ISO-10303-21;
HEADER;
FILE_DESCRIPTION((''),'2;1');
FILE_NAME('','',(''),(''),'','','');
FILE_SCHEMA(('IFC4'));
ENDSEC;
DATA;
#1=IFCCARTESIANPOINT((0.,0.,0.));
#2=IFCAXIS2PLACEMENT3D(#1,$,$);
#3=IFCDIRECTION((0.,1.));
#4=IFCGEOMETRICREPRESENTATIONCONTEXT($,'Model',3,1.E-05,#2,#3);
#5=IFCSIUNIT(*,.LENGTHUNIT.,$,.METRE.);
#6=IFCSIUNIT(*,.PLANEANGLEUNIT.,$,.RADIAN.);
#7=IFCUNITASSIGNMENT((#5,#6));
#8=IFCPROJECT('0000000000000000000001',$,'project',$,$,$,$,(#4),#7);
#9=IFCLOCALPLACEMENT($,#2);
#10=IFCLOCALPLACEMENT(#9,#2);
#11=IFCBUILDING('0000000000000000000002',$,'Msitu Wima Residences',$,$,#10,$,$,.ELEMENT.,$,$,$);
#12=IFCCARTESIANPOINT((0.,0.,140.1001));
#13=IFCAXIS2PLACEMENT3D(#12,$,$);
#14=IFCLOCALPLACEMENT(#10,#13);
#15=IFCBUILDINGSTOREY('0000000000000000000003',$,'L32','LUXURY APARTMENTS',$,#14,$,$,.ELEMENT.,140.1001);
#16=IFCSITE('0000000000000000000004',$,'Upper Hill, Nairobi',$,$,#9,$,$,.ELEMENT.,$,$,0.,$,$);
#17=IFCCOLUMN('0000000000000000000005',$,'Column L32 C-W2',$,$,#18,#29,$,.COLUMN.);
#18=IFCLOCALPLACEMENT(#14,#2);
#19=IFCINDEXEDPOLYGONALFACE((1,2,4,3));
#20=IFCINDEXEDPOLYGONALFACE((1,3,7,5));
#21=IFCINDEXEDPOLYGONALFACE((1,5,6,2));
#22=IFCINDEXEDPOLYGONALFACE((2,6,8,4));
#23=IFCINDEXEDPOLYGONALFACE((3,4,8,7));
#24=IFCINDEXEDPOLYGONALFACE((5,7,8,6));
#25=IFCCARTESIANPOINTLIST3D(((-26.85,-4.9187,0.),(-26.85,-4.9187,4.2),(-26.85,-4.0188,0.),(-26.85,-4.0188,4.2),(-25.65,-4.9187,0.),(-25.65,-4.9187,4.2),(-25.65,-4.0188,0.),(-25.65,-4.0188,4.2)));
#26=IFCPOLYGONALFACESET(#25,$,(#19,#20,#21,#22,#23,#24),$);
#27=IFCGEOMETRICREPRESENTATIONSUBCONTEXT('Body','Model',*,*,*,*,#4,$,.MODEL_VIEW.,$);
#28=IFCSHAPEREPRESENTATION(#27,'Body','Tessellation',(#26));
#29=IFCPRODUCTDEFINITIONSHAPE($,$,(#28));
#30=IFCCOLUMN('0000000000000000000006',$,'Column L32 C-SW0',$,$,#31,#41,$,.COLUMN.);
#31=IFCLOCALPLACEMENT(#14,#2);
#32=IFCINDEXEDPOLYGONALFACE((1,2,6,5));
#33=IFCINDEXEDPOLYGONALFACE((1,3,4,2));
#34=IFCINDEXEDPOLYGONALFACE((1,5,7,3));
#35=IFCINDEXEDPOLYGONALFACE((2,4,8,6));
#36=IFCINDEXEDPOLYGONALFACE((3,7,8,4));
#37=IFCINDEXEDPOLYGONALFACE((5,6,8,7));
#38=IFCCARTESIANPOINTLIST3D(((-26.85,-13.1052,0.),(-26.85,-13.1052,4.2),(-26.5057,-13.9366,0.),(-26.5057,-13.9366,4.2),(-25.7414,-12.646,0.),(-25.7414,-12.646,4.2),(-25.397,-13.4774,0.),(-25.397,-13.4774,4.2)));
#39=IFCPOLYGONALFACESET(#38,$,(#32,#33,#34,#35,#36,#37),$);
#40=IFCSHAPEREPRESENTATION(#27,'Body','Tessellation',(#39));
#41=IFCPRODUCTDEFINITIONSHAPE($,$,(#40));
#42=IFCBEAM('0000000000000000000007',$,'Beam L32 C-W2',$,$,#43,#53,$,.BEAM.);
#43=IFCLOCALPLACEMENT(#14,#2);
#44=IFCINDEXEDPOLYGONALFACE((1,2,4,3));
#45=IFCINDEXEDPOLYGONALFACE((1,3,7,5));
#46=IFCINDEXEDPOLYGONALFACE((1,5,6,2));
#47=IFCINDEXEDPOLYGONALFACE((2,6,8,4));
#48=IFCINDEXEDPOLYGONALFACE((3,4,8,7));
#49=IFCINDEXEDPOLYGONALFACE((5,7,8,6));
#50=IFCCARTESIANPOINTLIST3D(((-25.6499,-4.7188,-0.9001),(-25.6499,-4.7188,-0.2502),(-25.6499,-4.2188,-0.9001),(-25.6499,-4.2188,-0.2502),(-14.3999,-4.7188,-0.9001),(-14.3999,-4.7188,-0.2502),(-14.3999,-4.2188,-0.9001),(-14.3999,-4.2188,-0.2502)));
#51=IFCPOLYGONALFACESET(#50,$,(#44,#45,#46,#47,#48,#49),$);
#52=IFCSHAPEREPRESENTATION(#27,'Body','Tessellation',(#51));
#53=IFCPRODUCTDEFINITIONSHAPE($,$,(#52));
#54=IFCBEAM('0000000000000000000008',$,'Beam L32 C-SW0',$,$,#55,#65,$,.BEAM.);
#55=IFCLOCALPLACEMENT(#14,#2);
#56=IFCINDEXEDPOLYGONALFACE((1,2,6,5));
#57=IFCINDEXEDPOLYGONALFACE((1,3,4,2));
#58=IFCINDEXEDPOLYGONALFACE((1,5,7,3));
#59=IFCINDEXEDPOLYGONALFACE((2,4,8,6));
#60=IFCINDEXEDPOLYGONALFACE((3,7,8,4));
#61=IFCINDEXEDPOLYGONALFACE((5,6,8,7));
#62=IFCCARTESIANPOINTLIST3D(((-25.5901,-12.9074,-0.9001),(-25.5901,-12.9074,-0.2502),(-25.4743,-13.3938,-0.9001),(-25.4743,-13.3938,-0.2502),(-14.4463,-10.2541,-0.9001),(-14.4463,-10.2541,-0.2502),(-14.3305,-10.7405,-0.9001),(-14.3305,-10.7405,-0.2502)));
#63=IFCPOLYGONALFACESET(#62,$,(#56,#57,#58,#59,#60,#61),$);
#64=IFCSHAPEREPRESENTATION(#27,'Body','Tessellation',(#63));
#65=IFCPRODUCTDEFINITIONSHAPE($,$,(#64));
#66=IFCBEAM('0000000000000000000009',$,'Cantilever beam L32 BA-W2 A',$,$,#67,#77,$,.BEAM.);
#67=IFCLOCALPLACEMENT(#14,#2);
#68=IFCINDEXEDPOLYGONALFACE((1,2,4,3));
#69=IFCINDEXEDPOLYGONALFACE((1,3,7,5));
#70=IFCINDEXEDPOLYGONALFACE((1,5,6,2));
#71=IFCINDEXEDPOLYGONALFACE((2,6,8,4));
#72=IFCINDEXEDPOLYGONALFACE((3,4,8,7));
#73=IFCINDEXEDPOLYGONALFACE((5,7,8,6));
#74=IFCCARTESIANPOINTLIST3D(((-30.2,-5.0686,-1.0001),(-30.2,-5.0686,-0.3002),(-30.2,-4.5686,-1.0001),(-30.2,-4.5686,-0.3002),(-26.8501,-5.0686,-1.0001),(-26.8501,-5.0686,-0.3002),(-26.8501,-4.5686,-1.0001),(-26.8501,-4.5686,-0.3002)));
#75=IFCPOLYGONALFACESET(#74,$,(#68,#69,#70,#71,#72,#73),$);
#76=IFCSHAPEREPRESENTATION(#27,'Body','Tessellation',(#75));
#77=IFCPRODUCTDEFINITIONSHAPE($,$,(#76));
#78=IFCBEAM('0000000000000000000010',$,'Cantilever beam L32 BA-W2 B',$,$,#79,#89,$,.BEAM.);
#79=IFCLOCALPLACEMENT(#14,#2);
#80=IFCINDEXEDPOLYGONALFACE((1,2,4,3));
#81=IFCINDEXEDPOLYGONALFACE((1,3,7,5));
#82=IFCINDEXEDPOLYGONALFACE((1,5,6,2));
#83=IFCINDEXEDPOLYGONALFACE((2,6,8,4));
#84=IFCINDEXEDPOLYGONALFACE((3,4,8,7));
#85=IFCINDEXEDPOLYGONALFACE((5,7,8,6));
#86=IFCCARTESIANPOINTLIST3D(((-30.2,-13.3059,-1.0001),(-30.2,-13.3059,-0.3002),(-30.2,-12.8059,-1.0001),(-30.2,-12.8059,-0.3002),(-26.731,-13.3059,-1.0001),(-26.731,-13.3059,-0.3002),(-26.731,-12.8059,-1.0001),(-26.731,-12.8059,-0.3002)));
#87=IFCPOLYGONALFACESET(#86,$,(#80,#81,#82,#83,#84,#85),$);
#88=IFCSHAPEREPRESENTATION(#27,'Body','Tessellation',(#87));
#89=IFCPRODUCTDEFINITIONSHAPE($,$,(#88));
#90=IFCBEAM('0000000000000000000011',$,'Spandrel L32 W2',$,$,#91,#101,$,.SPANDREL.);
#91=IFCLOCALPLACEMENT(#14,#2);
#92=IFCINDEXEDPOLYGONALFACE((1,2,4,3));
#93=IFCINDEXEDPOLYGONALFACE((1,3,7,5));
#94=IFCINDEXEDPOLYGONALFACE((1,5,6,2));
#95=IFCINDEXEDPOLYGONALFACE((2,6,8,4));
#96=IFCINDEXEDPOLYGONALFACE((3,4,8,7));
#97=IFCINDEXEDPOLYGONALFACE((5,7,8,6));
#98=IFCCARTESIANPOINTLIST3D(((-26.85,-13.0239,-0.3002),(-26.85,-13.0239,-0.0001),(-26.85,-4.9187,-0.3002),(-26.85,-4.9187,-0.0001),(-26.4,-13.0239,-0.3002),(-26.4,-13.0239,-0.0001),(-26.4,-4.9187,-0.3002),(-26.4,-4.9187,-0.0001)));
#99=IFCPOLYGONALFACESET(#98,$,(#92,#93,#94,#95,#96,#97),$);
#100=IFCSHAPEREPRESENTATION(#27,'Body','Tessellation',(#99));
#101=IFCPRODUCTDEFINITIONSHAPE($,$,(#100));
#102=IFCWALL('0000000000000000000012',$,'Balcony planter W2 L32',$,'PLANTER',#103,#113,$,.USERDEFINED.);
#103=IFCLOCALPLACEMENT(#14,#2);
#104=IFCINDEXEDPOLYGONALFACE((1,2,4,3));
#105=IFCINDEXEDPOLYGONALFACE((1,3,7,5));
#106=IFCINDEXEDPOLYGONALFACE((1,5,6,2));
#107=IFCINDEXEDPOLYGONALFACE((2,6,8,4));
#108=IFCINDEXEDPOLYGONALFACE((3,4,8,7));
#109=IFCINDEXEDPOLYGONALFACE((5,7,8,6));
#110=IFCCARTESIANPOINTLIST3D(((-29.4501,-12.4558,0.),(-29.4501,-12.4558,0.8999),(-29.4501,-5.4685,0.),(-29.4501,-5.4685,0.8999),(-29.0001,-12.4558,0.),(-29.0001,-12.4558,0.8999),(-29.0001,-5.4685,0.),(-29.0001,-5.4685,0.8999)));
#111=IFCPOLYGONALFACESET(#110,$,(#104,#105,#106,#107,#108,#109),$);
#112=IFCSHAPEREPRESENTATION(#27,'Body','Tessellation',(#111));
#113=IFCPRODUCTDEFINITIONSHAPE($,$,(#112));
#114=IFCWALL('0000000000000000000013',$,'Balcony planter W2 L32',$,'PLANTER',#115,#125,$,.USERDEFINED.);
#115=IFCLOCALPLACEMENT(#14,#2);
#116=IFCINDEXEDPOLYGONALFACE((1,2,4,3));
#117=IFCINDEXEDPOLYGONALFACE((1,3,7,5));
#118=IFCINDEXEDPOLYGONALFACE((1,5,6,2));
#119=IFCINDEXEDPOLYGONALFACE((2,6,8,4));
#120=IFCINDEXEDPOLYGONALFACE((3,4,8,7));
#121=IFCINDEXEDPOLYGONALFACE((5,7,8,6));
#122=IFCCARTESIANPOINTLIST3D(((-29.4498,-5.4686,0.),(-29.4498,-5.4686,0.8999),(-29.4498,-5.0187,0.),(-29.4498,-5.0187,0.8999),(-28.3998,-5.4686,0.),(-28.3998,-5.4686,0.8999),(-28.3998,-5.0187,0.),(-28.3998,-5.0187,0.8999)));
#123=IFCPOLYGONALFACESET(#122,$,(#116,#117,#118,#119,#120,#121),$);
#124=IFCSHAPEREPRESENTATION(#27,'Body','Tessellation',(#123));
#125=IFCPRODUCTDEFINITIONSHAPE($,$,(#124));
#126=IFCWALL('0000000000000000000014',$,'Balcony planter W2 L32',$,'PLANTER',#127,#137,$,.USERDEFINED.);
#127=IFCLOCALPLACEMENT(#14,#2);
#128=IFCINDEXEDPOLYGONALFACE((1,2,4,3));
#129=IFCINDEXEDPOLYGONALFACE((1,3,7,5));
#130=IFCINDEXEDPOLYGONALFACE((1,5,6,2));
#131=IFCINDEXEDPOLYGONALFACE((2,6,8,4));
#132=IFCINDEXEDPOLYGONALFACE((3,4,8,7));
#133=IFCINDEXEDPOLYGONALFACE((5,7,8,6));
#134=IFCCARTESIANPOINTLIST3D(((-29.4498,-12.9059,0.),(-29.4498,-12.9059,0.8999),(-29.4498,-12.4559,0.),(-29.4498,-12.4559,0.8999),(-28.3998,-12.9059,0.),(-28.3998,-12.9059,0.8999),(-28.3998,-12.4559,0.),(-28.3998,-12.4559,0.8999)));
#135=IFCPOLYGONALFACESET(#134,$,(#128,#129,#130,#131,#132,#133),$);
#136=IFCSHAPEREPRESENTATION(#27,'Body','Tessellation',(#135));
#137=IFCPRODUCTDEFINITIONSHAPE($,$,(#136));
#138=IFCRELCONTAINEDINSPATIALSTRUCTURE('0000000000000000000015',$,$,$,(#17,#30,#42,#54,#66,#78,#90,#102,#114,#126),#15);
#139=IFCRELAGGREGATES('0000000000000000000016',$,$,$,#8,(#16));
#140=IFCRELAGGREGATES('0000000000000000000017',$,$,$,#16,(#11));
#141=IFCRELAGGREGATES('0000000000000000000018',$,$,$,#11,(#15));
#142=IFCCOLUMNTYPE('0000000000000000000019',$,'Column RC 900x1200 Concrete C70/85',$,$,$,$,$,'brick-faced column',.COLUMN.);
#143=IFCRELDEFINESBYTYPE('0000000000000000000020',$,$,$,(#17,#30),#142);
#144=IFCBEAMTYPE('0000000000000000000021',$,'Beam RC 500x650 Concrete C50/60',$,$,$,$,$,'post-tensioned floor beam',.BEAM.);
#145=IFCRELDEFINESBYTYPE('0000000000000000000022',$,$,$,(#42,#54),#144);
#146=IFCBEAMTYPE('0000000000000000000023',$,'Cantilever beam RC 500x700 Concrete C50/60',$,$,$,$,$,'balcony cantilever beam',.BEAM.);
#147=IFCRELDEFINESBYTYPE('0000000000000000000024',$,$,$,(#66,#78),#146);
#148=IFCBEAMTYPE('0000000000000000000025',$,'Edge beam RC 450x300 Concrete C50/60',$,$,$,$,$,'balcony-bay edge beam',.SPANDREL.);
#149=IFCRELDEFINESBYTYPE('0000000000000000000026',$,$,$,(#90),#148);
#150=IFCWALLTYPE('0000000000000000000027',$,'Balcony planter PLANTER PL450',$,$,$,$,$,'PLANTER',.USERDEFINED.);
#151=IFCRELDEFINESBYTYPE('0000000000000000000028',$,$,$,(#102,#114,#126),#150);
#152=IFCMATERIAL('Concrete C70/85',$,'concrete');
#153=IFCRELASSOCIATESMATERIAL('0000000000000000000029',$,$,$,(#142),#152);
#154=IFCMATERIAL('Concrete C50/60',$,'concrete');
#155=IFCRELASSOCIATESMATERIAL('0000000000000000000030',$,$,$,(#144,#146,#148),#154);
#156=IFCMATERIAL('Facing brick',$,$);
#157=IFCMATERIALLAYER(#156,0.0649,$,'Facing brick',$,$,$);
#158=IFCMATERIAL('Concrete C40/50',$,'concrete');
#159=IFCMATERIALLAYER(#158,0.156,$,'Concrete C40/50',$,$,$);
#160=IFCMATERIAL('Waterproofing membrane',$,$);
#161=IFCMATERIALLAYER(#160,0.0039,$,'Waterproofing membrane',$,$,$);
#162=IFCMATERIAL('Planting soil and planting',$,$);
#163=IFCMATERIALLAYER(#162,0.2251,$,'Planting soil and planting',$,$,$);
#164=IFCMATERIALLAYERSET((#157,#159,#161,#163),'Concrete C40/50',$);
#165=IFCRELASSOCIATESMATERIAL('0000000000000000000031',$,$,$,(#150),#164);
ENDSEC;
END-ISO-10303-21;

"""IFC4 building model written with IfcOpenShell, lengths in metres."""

from ifc_helpers import new_model, si_unit, direction, frame, frame_2d, origin, origin_2d, place, context, subcontext, project, spatial, rectangle, extrude, material, layer, layer_set, material_profile, profile_set, type_object, element, save


model = new_model("IFC4")

# Units and contexts
model_context = context("Model", 3, precision=1e-05, world=origin(), true_north=direction((0.0, 1.0)))
body_context = subcontext(model_context, "Body", "Model", "MODEL_VIEW")
ifc_project = project(units=[si_unit("LENGTHUNIT", "METRE"), si_unit("PLANEANGLEUNIT", "RADIAN")], contexts=[model_context])

# Site, building, storey
site_placement = place(None, origin())
site = spatial("IfcSite", under=ifc_project, at=site_placement, Name="Upper Hill, Nairobi", CompositionType="ELEMENT", RefElevation=0.0)
building_placement = place(site_placement, origin())
building = spatial("IfcBuilding", under=site, at=building_placement, Name="Msitu Wima Residences", CompositionType="ELEMENT")
storey_placement = place(building_placement, frame((0.0, 0.0, 140.1001)))
storey = spatial("IfcBuildingStorey", under=building, at=storey_placement, Name="L32", Description="LUXURY APARTMENTS", CompositionType="ELEMENT", Elevation=140.1001)

# Columns
ifc_material_1 = material(Name="Concrete C70/85", Category="concrete")
ifc_material_profile_1 = material_profile(ifc_material_1, rectangle(XDim=0.8999, YDim=1.2, at=origin_2d()), Name="RC 900x1200")
ifc_profile_set_1 = profile_set([ifc_material_profile_1], Name="Concrete C70/85")
column_type = type_object("IfcColumnType", Name="Column RC 900x1200 Concrete C70/85", ElementType="brick-faced column", PredefinedType="COLUMN", material=ifc_profile_set_1)
for number, where, z_axis, x_axis, name in (
    (1, (-26.25, -4.4688, 0.0), (0.0, 0.0, 1.0), (0.0, -1.0, 0.0), "Column L32 C-W2"),
    (2, (-26.1235, -13.2913, 0.0), (0.0, 0.0, 1.0), (0.382683, -0.92388, 0.0), "Column L32 C-SW0"),
):
    element("IfcColumn", number, at=place(storey_placement, frame(where, z_axis=z_axis, x_axis=x_axis)), inside=storey, type_object=column_type, Name=name, PredefinedType="COLUMN", context=body_context, shape_type="SweptSolid", body=[
        extrude(rectangle(XDim=0.8999, YDim=1.2, at=origin_2d()), origin(), (0.0, 0.0, 1.0), 4.2),
    ])

# Beams
ifc_material_2 = material(Name="Concrete C50/60", Category="concrete")
ifc_material_profile_2 = material_profile(ifc_material_2, rectangle(XDim=0.5, YDim=0.6499, at=origin_2d()), Name="RC 500x650")
ifc_profile_set_2 = profile_set([ifc_material_profile_2], Name="Concrete C50/60")
beam_type_1 = type_object("IfcBeamType", Name="Beam RC 500x650 Concrete C50/60", ElementType="post-tensioned floor beam", PredefinedType="BEAM", material=ifc_profile_set_2)
beam_1_placement = place(storey_placement, frame((-25.6499, -4.4688, -0.5752), z_axis=(1.0, 0.0, 0.0), x_axis=(0.0, 1.0, 0.0)))
element("IfcBeam", 3, at=beam_1_placement, inside=storey, type_object=beam_type_1, Name="Beam L32 C-W2", PredefinedType="BEAM", context=body_context, shape_type="SweptSolid", body=[
    extrude(rectangle(XDim=0.5, YDim=0.6499, at=origin_2d()), origin(), (0.0, 0.0, 1.0), 11.25),
])
beam_2_placement = place(storey_placement, frame((-25.5322, -13.1506, -0.5752), z_axis=(0.972806, 0.231623, 0.0), x_axis=(-0.231623, 0.972806, 0.0)))
element("IfcBeam", 4, at=beam_2_placement, inside=storey, type_object=beam_type_1, Name="Beam L32 C-SW0", PredefinedType="BEAM", context=body_context, shape_type="SweptSolid", body=[
    extrude(rectangle(XDim=0.5, YDim=0.6499, at=origin_2d()), origin(), (0.0, 0.0, 1.0), 11.4553),
])
ifc_material_profile_3 = material_profile(ifc_material_2, rectangle(XDim=0.5, YDim=0.7, at=origin_2d()), Name="RC 500x700")
ifc_profile_set_3 = profile_set([ifc_material_profile_3], Name="Concrete C50/60")
beam_type_2 = type_object("IfcBeamType", Name="Cantilever beam RC 500x700 Concrete C50/60", ElementType="balcony cantilever beam", PredefinedType="BEAM", material=ifc_profile_set_3)
beam_3_placement = place(storey_placement, frame((-26.8501, -4.8186, -0.6501), z_axis=(-1.0, 0.0, 0.0), x_axis=(0.0, -1.0, 0.0)))
element("IfcBeam", 5, at=beam_3_placement, inside=storey, type_object=beam_type_2, Name="Cantilever beam L32 BA-W2 A", PredefinedType="BEAM", context=body_context, shape_type="SweptSolid", body=[
    extrude(rectangle(XDim=0.5, YDim=0.7, at=origin_2d()), origin(), (0.0, 0.0, 1.0), 3.3499),
])
beam_4_placement = place(storey_placement, frame((-26.731, -13.0559, -0.6501), z_axis=(-1.0, 0.0, 0.0), x_axis=(0.0, -1.0, 0.0)))
element("IfcBeam", 6, at=beam_4_placement, inside=storey, type_object=beam_type_2, Name="Cantilever beam L32 BA-W2 B", PredefinedType="BEAM", context=body_context, shape_type="SweptSolid", body=[
    extrude(rectangle(XDim=0.5, YDim=0.7, at=origin_2d()), origin(), (0.0, 0.0, 1.0), 3.469),
])
ifc_material_profile_4 = material_profile(ifc_material_2, rectangle(XDim=0.45, YDim=0.3, at=origin_2d()), Name="RC 450x300")
ifc_profile_set_4 = profile_set([ifc_material_profile_4], Name="Concrete C50/60")
beam_type_3 = type_object("IfcBeamType", Name="Edge beam RC 450x300 Concrete C50/60", ElementType="balcony-bay edge beam", PredefinedType="SPANDREL", material=ifc_profile_set_4)
beam_5_placement = place(storey_placement, frame((-26.625, -4.9187, -0.1501), z_axis=(0.0, -1.0, 0.0), x_axis=(1.0, 0.0, 0.0)))
element("IfcBeam", 7, at=beam_5_placement, inside=storey, type_object=beam_type_3, Name="Spandrel L32 W2", PredefinedType="SPANDREL", context=body_context, shape_type="SweptSolid", body=[
    extrude(rectangle(XDim=0.45, YDim=0.3, at=origin_2d()), origin(), (0.0, 0.0, 1.0), 8.1052),
])

# Walls
ifc_material_3 = material(Name="Facing brick")
ifc_layer_1 = layer(ifc_material_3, 0.0649, Name="Facing brick")
ifc_material_4 = material(Name="Concrete C40/50", Category="concrete")
ifc_layer_2 = layer(ifc_material_4, 0.156, Name="Concrete C40/50")
ifc_material_5 = material(Name="Waterproofing membrane")
ifc_layer_3 = layer(ifc_material_5, 0.0039, Name="Waterproofing membrane")
ifc_material_6 = material(Name="Planting soil and planting")
ifc_layer_4 = layer(ifc_material_6, 0.2251, Name="Planting soil and planting")
ifc_layer_set_1 = layer_set([ifc_layer_1, ifc_layer_2, ifc_layer_3, ifc_layer_4], Name="Concrete C40/50")
wall_type_1 = type_object("IfcWallType", Name="Balcony planter PLANTER PL450", ElementType="PLANTER", PredefinedType="USERDEFINED", material=ifc_layer_set_1)
wall_1_placement = place(storey_placement, frame((-29.2251, -5.4685, 0.0), z_axis=(0.0, 0.0, 1.0), x_axis=(0.0, -1.0, 0.0)))
element("IfcWall", 8, at=wall_1_placement, inside=storey, type_object=wall_type_1, Name="Balcony planter W2 L32", ObjectType="PLANTER", PredefinedType="USERDEFINED", context=body_context, shape_type="SweptSolid", body=[
    extrude(rectangle(XDim=6.9873, YDim=0.45, at=frame_2d((3.4937, 0.0))), origin(), (0.0, 0.0, 1.0), 0.8999),
])
for number, where, z_axis, x_axis, name in (
    (9, (-28.3999, -5.2437, 0.0), (0.0, 0.0, 1.0), (-1.0, 0.0, 0.0), "Balcony planter W2 L32"),
    (10, (-28.3999, -12.6809, 0.0), (0.0, 0.0, 1.0), (-1.0, 0.0, 0.0), "Balcony planter W2 L32"),
):
    element("IfcWall", number, at=place(storey_placement, frame(where, z_axis=z_axis, x_axis=x_axis)), inside=storey, type_object=wall_type_1, Name=name, ObjectType="PLANTER", PredefinedType="USERDEFINED", context=body_context, shape_type="SweptSolid", body=[
        extrude(rectangle(XDim=1.05, YDim=0.45, at=frame_2d((0.5249, 0.0))), origin(), (0.0, 0.0, 1.0), 0.8999),
    ])

save(model, "model.ifc")
